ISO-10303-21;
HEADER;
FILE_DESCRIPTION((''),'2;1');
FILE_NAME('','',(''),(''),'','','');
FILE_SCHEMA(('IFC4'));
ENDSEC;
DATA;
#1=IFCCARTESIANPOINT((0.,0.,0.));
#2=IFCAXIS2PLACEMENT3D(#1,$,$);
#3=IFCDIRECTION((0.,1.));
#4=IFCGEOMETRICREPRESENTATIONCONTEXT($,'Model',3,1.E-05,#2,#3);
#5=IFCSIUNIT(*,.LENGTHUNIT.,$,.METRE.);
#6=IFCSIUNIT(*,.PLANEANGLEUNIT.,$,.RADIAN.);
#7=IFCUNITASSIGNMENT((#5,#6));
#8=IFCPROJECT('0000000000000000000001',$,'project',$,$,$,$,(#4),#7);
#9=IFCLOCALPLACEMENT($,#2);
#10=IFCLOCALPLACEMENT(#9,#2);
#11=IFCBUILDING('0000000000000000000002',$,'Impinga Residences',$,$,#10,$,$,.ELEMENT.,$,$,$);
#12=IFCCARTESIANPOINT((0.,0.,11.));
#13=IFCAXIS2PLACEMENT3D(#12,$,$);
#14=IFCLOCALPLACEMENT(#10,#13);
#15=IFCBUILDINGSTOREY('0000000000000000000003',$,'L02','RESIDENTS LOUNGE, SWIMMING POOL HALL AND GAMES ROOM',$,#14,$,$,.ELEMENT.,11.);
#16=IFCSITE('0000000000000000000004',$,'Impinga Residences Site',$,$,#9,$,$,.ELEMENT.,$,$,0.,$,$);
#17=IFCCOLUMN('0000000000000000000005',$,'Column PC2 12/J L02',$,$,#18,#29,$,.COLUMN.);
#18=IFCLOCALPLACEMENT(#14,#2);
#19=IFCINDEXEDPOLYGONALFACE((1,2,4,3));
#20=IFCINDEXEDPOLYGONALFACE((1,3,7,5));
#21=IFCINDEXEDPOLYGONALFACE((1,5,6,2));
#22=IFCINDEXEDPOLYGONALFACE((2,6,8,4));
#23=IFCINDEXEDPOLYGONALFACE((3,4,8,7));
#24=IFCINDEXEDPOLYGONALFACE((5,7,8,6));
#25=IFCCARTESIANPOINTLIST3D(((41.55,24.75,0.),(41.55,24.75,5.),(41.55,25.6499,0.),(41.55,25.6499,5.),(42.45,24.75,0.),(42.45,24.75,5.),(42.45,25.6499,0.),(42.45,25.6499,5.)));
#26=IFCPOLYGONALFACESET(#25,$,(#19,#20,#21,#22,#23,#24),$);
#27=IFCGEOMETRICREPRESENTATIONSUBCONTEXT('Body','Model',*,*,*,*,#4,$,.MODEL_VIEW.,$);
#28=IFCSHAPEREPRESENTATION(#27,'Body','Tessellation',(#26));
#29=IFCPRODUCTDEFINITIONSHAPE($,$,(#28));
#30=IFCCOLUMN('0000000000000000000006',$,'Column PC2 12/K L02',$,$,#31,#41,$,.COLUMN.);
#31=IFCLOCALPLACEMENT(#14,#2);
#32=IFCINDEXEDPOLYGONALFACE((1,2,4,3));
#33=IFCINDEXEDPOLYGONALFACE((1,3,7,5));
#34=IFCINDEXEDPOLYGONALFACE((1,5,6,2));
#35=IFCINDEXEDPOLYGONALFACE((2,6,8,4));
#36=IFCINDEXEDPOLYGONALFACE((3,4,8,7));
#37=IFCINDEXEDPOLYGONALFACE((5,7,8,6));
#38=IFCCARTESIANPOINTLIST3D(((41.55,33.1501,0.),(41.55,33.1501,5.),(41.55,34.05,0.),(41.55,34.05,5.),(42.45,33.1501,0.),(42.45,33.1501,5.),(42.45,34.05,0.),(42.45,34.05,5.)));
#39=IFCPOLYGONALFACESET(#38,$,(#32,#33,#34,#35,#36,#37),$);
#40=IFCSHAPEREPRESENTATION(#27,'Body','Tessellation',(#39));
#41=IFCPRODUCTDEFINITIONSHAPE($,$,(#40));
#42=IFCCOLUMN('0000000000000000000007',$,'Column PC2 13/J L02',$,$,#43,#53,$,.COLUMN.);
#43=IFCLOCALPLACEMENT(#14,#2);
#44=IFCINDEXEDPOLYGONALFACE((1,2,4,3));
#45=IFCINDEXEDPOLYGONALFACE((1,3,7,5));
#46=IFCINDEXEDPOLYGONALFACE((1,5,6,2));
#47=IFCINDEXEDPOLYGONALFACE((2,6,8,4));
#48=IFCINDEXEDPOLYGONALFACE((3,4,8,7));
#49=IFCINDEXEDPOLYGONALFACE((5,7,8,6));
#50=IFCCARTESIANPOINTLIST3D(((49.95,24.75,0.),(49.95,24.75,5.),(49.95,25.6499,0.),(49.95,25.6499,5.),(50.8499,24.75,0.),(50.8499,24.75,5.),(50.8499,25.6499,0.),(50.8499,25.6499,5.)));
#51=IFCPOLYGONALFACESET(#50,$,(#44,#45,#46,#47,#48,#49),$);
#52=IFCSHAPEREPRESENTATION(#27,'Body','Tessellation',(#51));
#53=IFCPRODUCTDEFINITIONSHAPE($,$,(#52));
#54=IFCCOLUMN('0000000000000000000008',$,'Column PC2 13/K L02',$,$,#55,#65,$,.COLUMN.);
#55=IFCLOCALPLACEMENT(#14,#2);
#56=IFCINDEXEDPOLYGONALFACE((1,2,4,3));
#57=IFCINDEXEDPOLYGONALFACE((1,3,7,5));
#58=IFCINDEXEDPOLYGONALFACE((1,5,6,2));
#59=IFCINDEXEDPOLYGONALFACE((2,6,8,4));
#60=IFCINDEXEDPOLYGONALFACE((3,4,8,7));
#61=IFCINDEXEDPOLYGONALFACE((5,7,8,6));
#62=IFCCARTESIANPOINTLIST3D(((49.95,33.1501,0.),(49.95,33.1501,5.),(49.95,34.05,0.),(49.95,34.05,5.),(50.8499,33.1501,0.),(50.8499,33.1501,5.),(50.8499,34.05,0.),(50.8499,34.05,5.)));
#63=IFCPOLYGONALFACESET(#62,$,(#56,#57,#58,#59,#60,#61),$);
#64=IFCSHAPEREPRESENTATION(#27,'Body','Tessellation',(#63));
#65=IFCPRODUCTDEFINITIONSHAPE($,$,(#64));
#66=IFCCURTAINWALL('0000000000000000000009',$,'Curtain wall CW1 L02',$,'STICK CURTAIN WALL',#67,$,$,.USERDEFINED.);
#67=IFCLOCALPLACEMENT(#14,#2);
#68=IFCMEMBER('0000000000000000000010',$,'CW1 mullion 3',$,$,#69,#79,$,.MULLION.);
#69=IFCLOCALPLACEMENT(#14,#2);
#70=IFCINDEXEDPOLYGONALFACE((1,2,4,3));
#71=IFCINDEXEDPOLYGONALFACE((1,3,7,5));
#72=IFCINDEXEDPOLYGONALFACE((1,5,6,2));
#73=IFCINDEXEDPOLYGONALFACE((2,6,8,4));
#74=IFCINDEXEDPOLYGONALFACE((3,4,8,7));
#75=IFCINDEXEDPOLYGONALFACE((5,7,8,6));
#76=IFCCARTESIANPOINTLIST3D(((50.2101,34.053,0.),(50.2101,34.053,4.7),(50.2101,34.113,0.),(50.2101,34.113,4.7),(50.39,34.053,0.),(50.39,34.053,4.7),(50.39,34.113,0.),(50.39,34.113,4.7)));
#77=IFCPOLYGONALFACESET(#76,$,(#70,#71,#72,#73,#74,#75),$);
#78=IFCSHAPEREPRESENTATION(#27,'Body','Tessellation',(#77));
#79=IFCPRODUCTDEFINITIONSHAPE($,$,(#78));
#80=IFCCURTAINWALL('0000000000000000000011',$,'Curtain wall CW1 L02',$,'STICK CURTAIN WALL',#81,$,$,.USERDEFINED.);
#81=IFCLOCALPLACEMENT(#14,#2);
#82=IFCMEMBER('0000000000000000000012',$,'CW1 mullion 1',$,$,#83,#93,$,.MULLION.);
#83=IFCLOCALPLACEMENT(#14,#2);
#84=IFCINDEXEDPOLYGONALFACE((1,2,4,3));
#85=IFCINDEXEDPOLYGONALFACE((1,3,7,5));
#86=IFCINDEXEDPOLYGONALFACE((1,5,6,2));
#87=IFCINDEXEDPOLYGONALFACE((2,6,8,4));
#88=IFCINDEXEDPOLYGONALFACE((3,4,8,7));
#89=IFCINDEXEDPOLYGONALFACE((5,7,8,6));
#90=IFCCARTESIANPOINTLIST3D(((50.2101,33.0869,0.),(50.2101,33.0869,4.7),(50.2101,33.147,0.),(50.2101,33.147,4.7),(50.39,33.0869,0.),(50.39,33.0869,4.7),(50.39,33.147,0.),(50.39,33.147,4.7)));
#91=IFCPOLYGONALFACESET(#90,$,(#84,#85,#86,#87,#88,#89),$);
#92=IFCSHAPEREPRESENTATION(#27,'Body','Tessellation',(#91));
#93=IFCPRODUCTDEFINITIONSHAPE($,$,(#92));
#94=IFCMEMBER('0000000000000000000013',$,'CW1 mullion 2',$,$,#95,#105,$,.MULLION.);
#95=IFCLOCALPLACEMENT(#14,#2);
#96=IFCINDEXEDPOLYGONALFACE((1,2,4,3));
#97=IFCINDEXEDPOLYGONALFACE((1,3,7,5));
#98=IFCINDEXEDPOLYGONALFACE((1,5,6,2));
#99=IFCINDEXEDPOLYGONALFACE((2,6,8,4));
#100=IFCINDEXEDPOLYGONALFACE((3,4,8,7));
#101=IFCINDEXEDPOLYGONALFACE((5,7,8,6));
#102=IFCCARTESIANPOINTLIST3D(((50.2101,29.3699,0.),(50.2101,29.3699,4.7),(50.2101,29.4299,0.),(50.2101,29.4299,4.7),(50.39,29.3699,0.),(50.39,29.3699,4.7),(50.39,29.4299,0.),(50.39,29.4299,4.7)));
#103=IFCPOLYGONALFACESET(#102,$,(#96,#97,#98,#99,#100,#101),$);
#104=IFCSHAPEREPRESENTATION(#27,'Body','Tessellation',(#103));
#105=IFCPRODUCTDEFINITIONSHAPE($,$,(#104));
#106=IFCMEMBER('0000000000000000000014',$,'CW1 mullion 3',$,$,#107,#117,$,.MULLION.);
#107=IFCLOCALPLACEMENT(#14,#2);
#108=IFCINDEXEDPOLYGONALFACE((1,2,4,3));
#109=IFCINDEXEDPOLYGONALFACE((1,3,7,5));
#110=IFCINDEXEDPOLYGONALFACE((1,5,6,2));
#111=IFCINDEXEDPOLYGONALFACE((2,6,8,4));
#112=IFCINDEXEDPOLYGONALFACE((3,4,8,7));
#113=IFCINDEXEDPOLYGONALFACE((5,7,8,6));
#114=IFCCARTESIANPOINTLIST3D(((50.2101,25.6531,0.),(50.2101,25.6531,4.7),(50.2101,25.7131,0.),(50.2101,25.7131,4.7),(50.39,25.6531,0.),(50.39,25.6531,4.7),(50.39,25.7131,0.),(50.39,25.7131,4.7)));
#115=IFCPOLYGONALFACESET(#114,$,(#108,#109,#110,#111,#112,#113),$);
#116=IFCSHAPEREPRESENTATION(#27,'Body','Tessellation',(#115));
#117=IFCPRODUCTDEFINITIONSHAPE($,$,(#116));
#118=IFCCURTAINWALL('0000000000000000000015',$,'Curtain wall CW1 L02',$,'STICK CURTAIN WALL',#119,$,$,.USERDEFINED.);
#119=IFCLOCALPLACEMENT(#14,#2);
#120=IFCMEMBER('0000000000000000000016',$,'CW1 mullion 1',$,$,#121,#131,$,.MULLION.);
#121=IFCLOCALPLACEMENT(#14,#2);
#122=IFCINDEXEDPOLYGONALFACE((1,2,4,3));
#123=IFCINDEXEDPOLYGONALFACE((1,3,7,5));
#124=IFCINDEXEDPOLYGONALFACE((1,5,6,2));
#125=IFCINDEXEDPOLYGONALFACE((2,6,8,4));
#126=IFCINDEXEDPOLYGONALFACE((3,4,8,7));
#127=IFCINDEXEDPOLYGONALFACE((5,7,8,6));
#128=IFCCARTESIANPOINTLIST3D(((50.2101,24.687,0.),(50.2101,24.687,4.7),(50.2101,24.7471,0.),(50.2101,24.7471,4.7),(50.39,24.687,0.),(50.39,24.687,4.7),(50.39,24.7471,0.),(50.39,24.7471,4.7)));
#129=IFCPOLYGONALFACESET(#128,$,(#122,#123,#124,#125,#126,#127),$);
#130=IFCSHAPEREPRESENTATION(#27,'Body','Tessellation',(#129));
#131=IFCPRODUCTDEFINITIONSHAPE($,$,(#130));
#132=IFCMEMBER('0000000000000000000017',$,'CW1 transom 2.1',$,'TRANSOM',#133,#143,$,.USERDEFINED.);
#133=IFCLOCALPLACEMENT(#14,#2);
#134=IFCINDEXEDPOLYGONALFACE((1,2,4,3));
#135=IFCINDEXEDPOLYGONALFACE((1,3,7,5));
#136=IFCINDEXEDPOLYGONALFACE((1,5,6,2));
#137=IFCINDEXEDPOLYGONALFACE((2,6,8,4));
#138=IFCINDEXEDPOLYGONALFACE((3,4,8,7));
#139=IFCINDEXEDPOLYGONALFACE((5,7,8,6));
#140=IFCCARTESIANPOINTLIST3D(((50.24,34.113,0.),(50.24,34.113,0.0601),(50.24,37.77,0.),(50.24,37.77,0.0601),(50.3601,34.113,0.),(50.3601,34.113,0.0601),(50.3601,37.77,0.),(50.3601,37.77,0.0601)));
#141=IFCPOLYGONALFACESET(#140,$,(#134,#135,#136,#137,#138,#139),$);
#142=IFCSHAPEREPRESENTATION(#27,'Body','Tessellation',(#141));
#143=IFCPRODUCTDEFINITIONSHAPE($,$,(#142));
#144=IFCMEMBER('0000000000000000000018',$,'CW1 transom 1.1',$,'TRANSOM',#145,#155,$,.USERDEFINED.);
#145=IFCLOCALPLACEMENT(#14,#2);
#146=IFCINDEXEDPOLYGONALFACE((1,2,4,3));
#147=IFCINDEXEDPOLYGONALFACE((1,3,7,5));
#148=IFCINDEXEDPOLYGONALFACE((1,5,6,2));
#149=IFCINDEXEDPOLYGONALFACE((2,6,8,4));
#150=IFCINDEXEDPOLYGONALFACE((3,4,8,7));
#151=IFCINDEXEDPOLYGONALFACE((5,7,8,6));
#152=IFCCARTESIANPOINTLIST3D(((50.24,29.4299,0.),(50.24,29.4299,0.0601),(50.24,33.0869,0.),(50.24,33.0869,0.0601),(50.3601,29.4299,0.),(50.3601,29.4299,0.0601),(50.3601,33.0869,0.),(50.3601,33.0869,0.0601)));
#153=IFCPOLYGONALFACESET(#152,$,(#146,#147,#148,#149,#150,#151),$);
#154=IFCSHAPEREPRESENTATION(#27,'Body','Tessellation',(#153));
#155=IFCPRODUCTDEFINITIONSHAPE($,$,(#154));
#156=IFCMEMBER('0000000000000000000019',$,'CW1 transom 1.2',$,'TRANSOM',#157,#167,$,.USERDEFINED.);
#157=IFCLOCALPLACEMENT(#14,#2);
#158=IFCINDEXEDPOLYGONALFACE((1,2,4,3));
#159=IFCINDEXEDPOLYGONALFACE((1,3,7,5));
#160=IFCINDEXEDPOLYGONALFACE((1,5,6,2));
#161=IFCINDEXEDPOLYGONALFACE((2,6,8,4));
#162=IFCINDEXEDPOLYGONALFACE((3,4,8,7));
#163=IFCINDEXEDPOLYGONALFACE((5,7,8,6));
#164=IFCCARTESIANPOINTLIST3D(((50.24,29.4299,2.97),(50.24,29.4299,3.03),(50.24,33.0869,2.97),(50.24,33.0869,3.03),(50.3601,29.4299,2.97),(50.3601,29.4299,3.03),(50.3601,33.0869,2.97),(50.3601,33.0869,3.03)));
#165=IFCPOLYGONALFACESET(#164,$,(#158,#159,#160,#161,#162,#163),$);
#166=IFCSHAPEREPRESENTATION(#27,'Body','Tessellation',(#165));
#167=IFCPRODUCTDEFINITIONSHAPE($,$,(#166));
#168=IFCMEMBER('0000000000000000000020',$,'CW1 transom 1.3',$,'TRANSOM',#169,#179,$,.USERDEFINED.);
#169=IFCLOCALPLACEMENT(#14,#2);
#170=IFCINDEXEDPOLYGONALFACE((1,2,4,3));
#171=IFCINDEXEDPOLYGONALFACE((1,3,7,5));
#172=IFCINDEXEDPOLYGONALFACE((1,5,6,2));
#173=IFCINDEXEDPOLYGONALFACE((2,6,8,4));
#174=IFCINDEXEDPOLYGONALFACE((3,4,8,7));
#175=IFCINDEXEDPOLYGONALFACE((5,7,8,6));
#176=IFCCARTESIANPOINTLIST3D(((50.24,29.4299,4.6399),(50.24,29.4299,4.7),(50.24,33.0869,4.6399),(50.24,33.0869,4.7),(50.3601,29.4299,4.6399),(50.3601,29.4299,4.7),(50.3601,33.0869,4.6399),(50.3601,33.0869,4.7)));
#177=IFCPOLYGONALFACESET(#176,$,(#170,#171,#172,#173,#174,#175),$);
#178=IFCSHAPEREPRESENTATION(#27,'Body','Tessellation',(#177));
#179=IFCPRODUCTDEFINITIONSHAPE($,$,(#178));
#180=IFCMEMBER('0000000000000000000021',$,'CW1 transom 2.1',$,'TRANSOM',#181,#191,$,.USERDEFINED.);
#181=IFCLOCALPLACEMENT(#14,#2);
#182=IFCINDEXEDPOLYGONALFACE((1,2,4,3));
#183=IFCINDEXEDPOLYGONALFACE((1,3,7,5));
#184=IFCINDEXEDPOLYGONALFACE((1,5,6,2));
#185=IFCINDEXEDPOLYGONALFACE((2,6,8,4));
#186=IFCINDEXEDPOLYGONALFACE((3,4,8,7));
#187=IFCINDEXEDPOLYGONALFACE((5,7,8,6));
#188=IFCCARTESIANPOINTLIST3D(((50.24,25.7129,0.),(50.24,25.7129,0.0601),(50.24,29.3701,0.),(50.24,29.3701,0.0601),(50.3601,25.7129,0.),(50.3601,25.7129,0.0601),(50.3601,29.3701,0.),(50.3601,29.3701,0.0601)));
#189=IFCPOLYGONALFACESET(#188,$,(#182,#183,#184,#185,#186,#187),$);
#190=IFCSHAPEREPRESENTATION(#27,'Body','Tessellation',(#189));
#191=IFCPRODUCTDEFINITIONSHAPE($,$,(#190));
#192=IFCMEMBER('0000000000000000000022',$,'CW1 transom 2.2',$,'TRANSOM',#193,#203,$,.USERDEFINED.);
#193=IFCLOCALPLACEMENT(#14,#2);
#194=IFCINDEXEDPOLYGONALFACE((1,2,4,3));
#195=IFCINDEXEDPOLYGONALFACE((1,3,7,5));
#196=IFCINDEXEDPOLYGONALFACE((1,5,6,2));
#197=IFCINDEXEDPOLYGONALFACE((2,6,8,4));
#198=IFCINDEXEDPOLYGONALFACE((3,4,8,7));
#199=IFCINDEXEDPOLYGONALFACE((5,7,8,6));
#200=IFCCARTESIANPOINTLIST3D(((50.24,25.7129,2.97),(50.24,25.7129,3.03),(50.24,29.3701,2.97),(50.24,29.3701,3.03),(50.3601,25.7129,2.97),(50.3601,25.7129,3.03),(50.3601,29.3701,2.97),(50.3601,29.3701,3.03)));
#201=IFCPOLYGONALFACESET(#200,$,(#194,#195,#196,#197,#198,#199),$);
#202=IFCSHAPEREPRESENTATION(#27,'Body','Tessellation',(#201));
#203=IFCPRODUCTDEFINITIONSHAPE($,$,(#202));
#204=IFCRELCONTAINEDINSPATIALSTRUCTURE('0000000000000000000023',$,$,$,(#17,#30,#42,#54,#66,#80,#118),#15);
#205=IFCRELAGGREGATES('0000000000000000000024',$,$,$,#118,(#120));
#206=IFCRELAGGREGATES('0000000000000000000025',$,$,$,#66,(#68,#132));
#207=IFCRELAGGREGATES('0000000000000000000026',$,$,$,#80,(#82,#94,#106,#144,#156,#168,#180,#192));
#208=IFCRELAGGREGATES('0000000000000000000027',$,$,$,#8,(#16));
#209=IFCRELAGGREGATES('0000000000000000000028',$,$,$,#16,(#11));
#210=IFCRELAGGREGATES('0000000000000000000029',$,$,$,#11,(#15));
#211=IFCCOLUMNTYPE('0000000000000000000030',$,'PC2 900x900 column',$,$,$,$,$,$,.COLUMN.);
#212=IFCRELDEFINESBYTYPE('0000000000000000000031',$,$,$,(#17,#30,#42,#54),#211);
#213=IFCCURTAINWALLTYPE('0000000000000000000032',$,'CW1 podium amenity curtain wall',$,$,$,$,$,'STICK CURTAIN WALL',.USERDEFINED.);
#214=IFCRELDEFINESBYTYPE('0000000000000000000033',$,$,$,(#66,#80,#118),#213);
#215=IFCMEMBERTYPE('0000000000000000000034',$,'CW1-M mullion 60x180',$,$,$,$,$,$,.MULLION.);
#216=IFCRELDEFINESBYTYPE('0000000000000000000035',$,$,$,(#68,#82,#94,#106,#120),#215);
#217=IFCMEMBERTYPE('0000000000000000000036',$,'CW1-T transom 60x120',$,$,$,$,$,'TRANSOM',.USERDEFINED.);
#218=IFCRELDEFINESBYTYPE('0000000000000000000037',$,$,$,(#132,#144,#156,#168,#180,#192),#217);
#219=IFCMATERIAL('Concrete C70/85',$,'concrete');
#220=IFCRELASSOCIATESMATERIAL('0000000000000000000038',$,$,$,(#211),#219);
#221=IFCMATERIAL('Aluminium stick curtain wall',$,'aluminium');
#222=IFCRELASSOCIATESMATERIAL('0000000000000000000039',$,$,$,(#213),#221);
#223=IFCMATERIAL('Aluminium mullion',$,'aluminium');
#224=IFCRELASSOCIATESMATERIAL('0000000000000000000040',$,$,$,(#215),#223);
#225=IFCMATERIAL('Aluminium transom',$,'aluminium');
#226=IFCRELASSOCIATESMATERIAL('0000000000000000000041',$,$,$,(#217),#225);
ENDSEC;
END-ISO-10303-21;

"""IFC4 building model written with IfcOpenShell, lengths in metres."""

from ifc_helpers import new_model, si_unit, direction, frame, origin, origin_2d, place, context, subcontext, project, spatial, rectangle, extrude, material, material_profile, profile_set, type_object, element, aggregate, save


model = new_model("IFC4")

# Units and contexts
model_context = context("Model", 3, precision=1e-05, world=origin(), true_north=direction((0.0, 1.0)))
body_context = subcontext(model_context, "Body", "Model", "MODEL_VIEW")
ifc_project = project(units=[si_unit("LENGTHUNIT", "METRE"), si_unit("PLANEANGLEUNIT", "RADIAN")], contexts=[model_context])

# Site, building, storey
site_placement = place(None, origin())
site = spatial("IfcSite", under=ifc_project, at=site_placement, Name="Impinga Residences Site", CompositionType="ELEMENT", RefElevation=0.0)
building_placement = place(site_placement, origin())
building = spatial("IfcBuilding", under=site, at=building_placement, Name="Impinga Residences", CompositionType="ELEMENT")
storey_placement = place(building_placement, frame((0.0, 0.0, 11.0)))
storey = spatial("IfcBuildingStorey", under=building, at=storey_placement, Name="L02", Description="RESIDENTS LOUNGE, SWIMMING POOL HALL AND GAMES ROOM", CompositionType="ELEMENT", Elevation=11.0)

# Columns
ifc_material_1 = material(Name="Concrete C70/85", Category="concrete")
ifc_material_profile_1 = material_profile(ifc_material_1, rectangle(XDim=0.8999, YDim=0.8999, at=origin_2d()), Name="RC 900x900")
ifc_profile_set_1 = profile_set([ifc_material_profile_1], Name="Concrete C70/85")
column_type = type_object("IfcColumnType", Name="PC2 900x900 column", PredefinedType="COLUMN", material=ifc_profile_set_1)
for number, where, z_axis, x_axis, name in (
    (1, (42.0, 25.2, 0.0), (0.0, 0.0, 1.0), (1.0, 0.0, 0.0), "Column PC2 12/J L02"),
    (2, (42.0, 33.6001, 0.0), (0.0, 0.0, 1.0), (1.0, 0.0, 0.0), "Column PC2 12/K L02"),
    (3, (50.3999, 25.2, 0.0), (0.0, 0.0, 1.0), (1.0, 0.0, 0.0), "Column PC2 13/J L02"),
    (4, (50.3999, 33.6001, 0.0), (0.0, 0.0, 1.0), (1.0, 0.0, 0.0), "Column PC2 13/K L02"),
):
    element("IfcColumn", number, at=place(storey_placement, frame(where, z_axis=z_axis, x_axis=x_axis)), inside=storey, type_object=column_type, Name=name, PredefinedType="COLUMN", context=body_context, shape_type="SweptSolid", body=[
        extrude(rectangle(XDim=0.8999, YDim=0.8999, at=origin_2d()), origin(), (0.0, 0.0, 1.0), 5.0),
    ])

# Curtain wall, member
ifc_material_2 = material(Name="Aluminium stick curtain wall", Category="aluminium")
curtain_wall_type = type_object("IfcCurtainWallType", Name="CW1 podium amenity curtain wall", ElementType="STICK CURTAIN WALL", PredefinedType="USERDEFINED", material=ifc_material_2)
curtain_wall_1_placement = place(storey_placement, origin())
curtain_wall_1 = element("IfcCurtainWall", 5, at=curtain_wall_1_placement, inside=storey, type_object=curtain_wall_type, Name="Curtain wall CW1 L02", ObjectType="STICK CURTAIN WALL", PredefinedType="USERDEFINED")
ifc_material_3 = material(Name="Aluminium mullion", Category="aluminium")
ifc_material_profile_2 = material_profile(ifc_material_3, rectangle(XDim=0.0601, YDim=0.1799, at=origin_2d()), Name="60x180 mullion")
ifc_profile_set_2 = profile_set([ifc_material_profile_2], Name="Aluminium mullion")
member_type_1 = type_object("IfcMemberType", Name="CW1-M mullion 60x180", PredefinedType="MULLION", material=ifc_profile_set_2)
member_1_placement = place(storey_placement, frame((50.3, 34.083, 0.0), z_axis=(0.0, 0.0, 1.0), x_axis=(0.0, -1.0, 0.0)))
member_1 = element("IfcMember", 6, at=member_1_placement, type_object=member_type_1, Name="CW1 mullion 3", PredefinedType="MULLION", context=body_context, shape_type="SweptSolid", body=[
    extrude(rectangle(XDim=0.0601, YDim=0.1799, at=origin_2d()), origin(), (0.0, 0.0, 1.0), 4.7),
])

# Curtain wall, members
curtain_wall_2_placement = place(storey_placement, origin())
curtain_wall_2 = element("IfcCurtainWall", 7, at=curtain_wall_2_placement, inside=storey, type_object=curtain_wall_type, Name="Curtain wall CW1 L02", ObjectType="STICK CURTAIN WALL", PredefinedType="USERDEFINED")
member_2_placement = place(storey_placement, frame((50.3, 33.1169, 0.0), z_axis=(0.0, 0.0, 1.0), x_axis=(0.0, -1.0, 0.0)))
member_2 = element("IfcMember", 8, at=member_2_placement, type_object=member_type_1, Name="CW1 mullion 1", PredefinedType="MULLION", context=body_context, shape_type="SweptSolid", body=[
    extrude(rectangle(XDim=0.0601, YDim=0.1799, at=origin_2d()), origin(), (0.0, 0.0, 1.0), 4.7),
])
member_3_placement = place(storey_placement, frame((50.3, 29.3999, 0.0), z_axis=(0.0, 0.0, 1.0), x_axis=(0.0, -1.0, 0.0)))
member_3 = element("IfcMember", 9, at=member_3_placement, type_object=member_type_1, Name="CW1 mullion 2", PredefinedType="MULLION", context=body_context, shape_type="SweptSolid", body=[
    extrude(rectangle(XDim=0.0601, YDim=0.1799, at=origin_2d()), origin(), (0.0, 0.0, 1.0), 4.7),
])
member_4_placement = place(storey_placement, frame((50.3, 25.6831, 0.0), z_axis=(0.0, 0.0, 1.0), x_axis=(0.0, -1.0, 0.0)))
member_4 = element("IfcMember", 10, at=member_4_placement, type_object=member_type_1, Name="CW1 mullion 3", PredefinedType="MULLION", context=body_context, shape_type="SweptSolid", body=[
    extrude(rectangle(XDim=0.0601, YDim=0.1799, at=origin_2d()), origin(), (0.0, 0.0, 1.0), 4.7),
])

# Curtain wall, member
curtain_wall_3_placement = place(storey_placement, origin())
curtain_wall_3 = element("IfcCurtainWall", 11, at=curtain_wall_3_placement, inside=storey, type_object=curtain_wall_type, Name="Curtain wall CW1 L02", ObjectType="STICK CURTAIN WALL", PredefinedType="USERDEFINED")
member_5_placement = place(storey_placement, frame((50.3, 24.717, 0.0), z_axis=(0.0, 0.0, 1.0), x_axis=(0.0, -1.0, 0.0)))
member_5 = element("IfcMember", 12, at=member_5_placement, type_object=member_type_1, Name="CW1 mullion 1", PredefinedType="MULLION", context=body_context, shape_type="SweptSolid", body=[
    extrude(rectangle(XDim=0.0601, YDim=0.1799, at=origin_2d()), origin(), (0.0, 0.0, 1.0), 4.7),
])
aggregate(curtain_wall_3, [member_5])

# Members
ifc_material_4 = material(Name="Aluminium transom", Category="aluminium")
ifc_material_profile_3 = material_profile(ifc_material_4, rectangle(XDim=0.0601, YDim=0.1201, at=origin_2d()), Name="60x120 transom")
ifc_profile_set_3 = profile_set([ifc_material_profile_3], Name="Aluminium transom")
member_type_2 = type_object("IfcMemberType", Name="CW1-T transom 60x120", ElementType="TRANSOM", PredefinedType="USERDEFINED", material=ifc_profile_set_3)
member_6_placement = place(storey_placement, frame((50.3, 37.77, 0.03), z_axis=(0.0, -1.0, 0.0), x_axis=(0.0, 0.0, 1.0)))
member_6 = element("IfcMember", 13, at=member_6_placement, type_object=member_type_2, Name="CW1 transom 2.1", ObjectType="TRANSOM", PredefinedType="USERDEFINED", context=body_context, shape_type="SweptSolid", body=[
    extrude(rectangle(XDim=0.0601, YDim=0.1201, at=origin_2d()), origin(), (0.0, 0.0, 1.0), 3.657),
])
member_7_placement = place(storey_placement, frame((50.3, 33.0869, 0.03), z_axis=(0.0, -1.0, 0.0), x_axis=(0.0, 0.0, 1.0)))
member_7 = element("IfcMember", 14, at=member_7_placement, type_object=member_type_2, Name="CW1 transom 1.1", ObjectType="TRANSOM", PredefinedType="USERDEFINED", context=body_context, shape_type="SweptSolid", body=[
    extrude(rectangle(XDim=0.0601, YDim=0.1201, at=origin_2d()), origin(), (0.0, 0.0, 1.0), 3.657),
])
member_8_placement = place(storey_placement, frame((50.3, 33.0869, 3.0), z_axis=(0.0, -1.0, 0.0), x_axis=(0.0, 0.0, 1.0)))
member_8 = element("IfcMember", 15, at=member_8_placement, type_object=member_type_2, Name="CW1 transom 1.2", ObjectType="TRANSOM", PredefinedType="USERDEFINED", context=body_context, shape_type="SweptSolid", body=[
    extrude(rectangle(XDim=0.0601, YDim=0.1201, at=origin_2d()), origin(), (0.0, 0.0, 1.0), 3.657),
])
member_9_placement = place(storey_placement, frame((50.3, 33.0869, 4.6699), z_axis=(0.0, -1.0, 0.0), x_axis=(0.0, 0.0, 1.0)))
member_9 = element("IfcMember", 16, at=member_9_placement, type_object=member_type_2, Name="CW1 transom 1.3", ObjectType="TRANSOM", PredefinedType="USERDEFINED", context=body_context, shape_type="SweptSolid", body=[
    extrude(rectangle(XDim=0.0601, YDim=0.1201, at=origin_2d()), origin(), (0.0, 0.0, 1.0), 3.657),
])
member_10_placement = place(storey_placement, frame((50.3, 29.3701, 0.03), z_axis=(0.0, -1.0, 0.0), x_axis=(0.0, 0.0, 1.0)))
member_10 = element("IfcMember", 17, at=member_10_placement, type_object=member_type_2, Name="CW1 transom 2.1", ObjectType="TRANSOM", PredefinedType="USERDEFINED", context=body_context, shape_type="SweptSolid", body=[
    extrude(rectangle(XDim=0.0601, YDim=0.1201, at=origin_2d()), origin(), (0.0, 0.0, 1.0), 3.6572),
])
member_11_placement = place(storey_placement, frame((50.3, 29.3701, 3.0), z_axis=(0.0, -1.0, 0.0), x_axis=(0.0, 0.0, 1.0)))
member_11 = element("IfcMember", 18, at=member_11_placement, type_object=member_type_2, Name="CW1 transom 2.2", ObjectType="TRANSOM", PredefinedType="USERDEFINED", context=body_context, shape_type="SweptSolid", body=[
    extrude(rectangle(XDim=0.0601, YDim=0.1201, at=origin_2d()), origin(), (0.0, 0.0, 1.0), 3.6572),
])

aggregate(curtain_wall_1, [member_1, member_6])
aggregate(curtain_wall_2, [member_2, member_3, member_4, member_7, member_8, member_9, member_10, member_11])

save(model, "model.ifc")
